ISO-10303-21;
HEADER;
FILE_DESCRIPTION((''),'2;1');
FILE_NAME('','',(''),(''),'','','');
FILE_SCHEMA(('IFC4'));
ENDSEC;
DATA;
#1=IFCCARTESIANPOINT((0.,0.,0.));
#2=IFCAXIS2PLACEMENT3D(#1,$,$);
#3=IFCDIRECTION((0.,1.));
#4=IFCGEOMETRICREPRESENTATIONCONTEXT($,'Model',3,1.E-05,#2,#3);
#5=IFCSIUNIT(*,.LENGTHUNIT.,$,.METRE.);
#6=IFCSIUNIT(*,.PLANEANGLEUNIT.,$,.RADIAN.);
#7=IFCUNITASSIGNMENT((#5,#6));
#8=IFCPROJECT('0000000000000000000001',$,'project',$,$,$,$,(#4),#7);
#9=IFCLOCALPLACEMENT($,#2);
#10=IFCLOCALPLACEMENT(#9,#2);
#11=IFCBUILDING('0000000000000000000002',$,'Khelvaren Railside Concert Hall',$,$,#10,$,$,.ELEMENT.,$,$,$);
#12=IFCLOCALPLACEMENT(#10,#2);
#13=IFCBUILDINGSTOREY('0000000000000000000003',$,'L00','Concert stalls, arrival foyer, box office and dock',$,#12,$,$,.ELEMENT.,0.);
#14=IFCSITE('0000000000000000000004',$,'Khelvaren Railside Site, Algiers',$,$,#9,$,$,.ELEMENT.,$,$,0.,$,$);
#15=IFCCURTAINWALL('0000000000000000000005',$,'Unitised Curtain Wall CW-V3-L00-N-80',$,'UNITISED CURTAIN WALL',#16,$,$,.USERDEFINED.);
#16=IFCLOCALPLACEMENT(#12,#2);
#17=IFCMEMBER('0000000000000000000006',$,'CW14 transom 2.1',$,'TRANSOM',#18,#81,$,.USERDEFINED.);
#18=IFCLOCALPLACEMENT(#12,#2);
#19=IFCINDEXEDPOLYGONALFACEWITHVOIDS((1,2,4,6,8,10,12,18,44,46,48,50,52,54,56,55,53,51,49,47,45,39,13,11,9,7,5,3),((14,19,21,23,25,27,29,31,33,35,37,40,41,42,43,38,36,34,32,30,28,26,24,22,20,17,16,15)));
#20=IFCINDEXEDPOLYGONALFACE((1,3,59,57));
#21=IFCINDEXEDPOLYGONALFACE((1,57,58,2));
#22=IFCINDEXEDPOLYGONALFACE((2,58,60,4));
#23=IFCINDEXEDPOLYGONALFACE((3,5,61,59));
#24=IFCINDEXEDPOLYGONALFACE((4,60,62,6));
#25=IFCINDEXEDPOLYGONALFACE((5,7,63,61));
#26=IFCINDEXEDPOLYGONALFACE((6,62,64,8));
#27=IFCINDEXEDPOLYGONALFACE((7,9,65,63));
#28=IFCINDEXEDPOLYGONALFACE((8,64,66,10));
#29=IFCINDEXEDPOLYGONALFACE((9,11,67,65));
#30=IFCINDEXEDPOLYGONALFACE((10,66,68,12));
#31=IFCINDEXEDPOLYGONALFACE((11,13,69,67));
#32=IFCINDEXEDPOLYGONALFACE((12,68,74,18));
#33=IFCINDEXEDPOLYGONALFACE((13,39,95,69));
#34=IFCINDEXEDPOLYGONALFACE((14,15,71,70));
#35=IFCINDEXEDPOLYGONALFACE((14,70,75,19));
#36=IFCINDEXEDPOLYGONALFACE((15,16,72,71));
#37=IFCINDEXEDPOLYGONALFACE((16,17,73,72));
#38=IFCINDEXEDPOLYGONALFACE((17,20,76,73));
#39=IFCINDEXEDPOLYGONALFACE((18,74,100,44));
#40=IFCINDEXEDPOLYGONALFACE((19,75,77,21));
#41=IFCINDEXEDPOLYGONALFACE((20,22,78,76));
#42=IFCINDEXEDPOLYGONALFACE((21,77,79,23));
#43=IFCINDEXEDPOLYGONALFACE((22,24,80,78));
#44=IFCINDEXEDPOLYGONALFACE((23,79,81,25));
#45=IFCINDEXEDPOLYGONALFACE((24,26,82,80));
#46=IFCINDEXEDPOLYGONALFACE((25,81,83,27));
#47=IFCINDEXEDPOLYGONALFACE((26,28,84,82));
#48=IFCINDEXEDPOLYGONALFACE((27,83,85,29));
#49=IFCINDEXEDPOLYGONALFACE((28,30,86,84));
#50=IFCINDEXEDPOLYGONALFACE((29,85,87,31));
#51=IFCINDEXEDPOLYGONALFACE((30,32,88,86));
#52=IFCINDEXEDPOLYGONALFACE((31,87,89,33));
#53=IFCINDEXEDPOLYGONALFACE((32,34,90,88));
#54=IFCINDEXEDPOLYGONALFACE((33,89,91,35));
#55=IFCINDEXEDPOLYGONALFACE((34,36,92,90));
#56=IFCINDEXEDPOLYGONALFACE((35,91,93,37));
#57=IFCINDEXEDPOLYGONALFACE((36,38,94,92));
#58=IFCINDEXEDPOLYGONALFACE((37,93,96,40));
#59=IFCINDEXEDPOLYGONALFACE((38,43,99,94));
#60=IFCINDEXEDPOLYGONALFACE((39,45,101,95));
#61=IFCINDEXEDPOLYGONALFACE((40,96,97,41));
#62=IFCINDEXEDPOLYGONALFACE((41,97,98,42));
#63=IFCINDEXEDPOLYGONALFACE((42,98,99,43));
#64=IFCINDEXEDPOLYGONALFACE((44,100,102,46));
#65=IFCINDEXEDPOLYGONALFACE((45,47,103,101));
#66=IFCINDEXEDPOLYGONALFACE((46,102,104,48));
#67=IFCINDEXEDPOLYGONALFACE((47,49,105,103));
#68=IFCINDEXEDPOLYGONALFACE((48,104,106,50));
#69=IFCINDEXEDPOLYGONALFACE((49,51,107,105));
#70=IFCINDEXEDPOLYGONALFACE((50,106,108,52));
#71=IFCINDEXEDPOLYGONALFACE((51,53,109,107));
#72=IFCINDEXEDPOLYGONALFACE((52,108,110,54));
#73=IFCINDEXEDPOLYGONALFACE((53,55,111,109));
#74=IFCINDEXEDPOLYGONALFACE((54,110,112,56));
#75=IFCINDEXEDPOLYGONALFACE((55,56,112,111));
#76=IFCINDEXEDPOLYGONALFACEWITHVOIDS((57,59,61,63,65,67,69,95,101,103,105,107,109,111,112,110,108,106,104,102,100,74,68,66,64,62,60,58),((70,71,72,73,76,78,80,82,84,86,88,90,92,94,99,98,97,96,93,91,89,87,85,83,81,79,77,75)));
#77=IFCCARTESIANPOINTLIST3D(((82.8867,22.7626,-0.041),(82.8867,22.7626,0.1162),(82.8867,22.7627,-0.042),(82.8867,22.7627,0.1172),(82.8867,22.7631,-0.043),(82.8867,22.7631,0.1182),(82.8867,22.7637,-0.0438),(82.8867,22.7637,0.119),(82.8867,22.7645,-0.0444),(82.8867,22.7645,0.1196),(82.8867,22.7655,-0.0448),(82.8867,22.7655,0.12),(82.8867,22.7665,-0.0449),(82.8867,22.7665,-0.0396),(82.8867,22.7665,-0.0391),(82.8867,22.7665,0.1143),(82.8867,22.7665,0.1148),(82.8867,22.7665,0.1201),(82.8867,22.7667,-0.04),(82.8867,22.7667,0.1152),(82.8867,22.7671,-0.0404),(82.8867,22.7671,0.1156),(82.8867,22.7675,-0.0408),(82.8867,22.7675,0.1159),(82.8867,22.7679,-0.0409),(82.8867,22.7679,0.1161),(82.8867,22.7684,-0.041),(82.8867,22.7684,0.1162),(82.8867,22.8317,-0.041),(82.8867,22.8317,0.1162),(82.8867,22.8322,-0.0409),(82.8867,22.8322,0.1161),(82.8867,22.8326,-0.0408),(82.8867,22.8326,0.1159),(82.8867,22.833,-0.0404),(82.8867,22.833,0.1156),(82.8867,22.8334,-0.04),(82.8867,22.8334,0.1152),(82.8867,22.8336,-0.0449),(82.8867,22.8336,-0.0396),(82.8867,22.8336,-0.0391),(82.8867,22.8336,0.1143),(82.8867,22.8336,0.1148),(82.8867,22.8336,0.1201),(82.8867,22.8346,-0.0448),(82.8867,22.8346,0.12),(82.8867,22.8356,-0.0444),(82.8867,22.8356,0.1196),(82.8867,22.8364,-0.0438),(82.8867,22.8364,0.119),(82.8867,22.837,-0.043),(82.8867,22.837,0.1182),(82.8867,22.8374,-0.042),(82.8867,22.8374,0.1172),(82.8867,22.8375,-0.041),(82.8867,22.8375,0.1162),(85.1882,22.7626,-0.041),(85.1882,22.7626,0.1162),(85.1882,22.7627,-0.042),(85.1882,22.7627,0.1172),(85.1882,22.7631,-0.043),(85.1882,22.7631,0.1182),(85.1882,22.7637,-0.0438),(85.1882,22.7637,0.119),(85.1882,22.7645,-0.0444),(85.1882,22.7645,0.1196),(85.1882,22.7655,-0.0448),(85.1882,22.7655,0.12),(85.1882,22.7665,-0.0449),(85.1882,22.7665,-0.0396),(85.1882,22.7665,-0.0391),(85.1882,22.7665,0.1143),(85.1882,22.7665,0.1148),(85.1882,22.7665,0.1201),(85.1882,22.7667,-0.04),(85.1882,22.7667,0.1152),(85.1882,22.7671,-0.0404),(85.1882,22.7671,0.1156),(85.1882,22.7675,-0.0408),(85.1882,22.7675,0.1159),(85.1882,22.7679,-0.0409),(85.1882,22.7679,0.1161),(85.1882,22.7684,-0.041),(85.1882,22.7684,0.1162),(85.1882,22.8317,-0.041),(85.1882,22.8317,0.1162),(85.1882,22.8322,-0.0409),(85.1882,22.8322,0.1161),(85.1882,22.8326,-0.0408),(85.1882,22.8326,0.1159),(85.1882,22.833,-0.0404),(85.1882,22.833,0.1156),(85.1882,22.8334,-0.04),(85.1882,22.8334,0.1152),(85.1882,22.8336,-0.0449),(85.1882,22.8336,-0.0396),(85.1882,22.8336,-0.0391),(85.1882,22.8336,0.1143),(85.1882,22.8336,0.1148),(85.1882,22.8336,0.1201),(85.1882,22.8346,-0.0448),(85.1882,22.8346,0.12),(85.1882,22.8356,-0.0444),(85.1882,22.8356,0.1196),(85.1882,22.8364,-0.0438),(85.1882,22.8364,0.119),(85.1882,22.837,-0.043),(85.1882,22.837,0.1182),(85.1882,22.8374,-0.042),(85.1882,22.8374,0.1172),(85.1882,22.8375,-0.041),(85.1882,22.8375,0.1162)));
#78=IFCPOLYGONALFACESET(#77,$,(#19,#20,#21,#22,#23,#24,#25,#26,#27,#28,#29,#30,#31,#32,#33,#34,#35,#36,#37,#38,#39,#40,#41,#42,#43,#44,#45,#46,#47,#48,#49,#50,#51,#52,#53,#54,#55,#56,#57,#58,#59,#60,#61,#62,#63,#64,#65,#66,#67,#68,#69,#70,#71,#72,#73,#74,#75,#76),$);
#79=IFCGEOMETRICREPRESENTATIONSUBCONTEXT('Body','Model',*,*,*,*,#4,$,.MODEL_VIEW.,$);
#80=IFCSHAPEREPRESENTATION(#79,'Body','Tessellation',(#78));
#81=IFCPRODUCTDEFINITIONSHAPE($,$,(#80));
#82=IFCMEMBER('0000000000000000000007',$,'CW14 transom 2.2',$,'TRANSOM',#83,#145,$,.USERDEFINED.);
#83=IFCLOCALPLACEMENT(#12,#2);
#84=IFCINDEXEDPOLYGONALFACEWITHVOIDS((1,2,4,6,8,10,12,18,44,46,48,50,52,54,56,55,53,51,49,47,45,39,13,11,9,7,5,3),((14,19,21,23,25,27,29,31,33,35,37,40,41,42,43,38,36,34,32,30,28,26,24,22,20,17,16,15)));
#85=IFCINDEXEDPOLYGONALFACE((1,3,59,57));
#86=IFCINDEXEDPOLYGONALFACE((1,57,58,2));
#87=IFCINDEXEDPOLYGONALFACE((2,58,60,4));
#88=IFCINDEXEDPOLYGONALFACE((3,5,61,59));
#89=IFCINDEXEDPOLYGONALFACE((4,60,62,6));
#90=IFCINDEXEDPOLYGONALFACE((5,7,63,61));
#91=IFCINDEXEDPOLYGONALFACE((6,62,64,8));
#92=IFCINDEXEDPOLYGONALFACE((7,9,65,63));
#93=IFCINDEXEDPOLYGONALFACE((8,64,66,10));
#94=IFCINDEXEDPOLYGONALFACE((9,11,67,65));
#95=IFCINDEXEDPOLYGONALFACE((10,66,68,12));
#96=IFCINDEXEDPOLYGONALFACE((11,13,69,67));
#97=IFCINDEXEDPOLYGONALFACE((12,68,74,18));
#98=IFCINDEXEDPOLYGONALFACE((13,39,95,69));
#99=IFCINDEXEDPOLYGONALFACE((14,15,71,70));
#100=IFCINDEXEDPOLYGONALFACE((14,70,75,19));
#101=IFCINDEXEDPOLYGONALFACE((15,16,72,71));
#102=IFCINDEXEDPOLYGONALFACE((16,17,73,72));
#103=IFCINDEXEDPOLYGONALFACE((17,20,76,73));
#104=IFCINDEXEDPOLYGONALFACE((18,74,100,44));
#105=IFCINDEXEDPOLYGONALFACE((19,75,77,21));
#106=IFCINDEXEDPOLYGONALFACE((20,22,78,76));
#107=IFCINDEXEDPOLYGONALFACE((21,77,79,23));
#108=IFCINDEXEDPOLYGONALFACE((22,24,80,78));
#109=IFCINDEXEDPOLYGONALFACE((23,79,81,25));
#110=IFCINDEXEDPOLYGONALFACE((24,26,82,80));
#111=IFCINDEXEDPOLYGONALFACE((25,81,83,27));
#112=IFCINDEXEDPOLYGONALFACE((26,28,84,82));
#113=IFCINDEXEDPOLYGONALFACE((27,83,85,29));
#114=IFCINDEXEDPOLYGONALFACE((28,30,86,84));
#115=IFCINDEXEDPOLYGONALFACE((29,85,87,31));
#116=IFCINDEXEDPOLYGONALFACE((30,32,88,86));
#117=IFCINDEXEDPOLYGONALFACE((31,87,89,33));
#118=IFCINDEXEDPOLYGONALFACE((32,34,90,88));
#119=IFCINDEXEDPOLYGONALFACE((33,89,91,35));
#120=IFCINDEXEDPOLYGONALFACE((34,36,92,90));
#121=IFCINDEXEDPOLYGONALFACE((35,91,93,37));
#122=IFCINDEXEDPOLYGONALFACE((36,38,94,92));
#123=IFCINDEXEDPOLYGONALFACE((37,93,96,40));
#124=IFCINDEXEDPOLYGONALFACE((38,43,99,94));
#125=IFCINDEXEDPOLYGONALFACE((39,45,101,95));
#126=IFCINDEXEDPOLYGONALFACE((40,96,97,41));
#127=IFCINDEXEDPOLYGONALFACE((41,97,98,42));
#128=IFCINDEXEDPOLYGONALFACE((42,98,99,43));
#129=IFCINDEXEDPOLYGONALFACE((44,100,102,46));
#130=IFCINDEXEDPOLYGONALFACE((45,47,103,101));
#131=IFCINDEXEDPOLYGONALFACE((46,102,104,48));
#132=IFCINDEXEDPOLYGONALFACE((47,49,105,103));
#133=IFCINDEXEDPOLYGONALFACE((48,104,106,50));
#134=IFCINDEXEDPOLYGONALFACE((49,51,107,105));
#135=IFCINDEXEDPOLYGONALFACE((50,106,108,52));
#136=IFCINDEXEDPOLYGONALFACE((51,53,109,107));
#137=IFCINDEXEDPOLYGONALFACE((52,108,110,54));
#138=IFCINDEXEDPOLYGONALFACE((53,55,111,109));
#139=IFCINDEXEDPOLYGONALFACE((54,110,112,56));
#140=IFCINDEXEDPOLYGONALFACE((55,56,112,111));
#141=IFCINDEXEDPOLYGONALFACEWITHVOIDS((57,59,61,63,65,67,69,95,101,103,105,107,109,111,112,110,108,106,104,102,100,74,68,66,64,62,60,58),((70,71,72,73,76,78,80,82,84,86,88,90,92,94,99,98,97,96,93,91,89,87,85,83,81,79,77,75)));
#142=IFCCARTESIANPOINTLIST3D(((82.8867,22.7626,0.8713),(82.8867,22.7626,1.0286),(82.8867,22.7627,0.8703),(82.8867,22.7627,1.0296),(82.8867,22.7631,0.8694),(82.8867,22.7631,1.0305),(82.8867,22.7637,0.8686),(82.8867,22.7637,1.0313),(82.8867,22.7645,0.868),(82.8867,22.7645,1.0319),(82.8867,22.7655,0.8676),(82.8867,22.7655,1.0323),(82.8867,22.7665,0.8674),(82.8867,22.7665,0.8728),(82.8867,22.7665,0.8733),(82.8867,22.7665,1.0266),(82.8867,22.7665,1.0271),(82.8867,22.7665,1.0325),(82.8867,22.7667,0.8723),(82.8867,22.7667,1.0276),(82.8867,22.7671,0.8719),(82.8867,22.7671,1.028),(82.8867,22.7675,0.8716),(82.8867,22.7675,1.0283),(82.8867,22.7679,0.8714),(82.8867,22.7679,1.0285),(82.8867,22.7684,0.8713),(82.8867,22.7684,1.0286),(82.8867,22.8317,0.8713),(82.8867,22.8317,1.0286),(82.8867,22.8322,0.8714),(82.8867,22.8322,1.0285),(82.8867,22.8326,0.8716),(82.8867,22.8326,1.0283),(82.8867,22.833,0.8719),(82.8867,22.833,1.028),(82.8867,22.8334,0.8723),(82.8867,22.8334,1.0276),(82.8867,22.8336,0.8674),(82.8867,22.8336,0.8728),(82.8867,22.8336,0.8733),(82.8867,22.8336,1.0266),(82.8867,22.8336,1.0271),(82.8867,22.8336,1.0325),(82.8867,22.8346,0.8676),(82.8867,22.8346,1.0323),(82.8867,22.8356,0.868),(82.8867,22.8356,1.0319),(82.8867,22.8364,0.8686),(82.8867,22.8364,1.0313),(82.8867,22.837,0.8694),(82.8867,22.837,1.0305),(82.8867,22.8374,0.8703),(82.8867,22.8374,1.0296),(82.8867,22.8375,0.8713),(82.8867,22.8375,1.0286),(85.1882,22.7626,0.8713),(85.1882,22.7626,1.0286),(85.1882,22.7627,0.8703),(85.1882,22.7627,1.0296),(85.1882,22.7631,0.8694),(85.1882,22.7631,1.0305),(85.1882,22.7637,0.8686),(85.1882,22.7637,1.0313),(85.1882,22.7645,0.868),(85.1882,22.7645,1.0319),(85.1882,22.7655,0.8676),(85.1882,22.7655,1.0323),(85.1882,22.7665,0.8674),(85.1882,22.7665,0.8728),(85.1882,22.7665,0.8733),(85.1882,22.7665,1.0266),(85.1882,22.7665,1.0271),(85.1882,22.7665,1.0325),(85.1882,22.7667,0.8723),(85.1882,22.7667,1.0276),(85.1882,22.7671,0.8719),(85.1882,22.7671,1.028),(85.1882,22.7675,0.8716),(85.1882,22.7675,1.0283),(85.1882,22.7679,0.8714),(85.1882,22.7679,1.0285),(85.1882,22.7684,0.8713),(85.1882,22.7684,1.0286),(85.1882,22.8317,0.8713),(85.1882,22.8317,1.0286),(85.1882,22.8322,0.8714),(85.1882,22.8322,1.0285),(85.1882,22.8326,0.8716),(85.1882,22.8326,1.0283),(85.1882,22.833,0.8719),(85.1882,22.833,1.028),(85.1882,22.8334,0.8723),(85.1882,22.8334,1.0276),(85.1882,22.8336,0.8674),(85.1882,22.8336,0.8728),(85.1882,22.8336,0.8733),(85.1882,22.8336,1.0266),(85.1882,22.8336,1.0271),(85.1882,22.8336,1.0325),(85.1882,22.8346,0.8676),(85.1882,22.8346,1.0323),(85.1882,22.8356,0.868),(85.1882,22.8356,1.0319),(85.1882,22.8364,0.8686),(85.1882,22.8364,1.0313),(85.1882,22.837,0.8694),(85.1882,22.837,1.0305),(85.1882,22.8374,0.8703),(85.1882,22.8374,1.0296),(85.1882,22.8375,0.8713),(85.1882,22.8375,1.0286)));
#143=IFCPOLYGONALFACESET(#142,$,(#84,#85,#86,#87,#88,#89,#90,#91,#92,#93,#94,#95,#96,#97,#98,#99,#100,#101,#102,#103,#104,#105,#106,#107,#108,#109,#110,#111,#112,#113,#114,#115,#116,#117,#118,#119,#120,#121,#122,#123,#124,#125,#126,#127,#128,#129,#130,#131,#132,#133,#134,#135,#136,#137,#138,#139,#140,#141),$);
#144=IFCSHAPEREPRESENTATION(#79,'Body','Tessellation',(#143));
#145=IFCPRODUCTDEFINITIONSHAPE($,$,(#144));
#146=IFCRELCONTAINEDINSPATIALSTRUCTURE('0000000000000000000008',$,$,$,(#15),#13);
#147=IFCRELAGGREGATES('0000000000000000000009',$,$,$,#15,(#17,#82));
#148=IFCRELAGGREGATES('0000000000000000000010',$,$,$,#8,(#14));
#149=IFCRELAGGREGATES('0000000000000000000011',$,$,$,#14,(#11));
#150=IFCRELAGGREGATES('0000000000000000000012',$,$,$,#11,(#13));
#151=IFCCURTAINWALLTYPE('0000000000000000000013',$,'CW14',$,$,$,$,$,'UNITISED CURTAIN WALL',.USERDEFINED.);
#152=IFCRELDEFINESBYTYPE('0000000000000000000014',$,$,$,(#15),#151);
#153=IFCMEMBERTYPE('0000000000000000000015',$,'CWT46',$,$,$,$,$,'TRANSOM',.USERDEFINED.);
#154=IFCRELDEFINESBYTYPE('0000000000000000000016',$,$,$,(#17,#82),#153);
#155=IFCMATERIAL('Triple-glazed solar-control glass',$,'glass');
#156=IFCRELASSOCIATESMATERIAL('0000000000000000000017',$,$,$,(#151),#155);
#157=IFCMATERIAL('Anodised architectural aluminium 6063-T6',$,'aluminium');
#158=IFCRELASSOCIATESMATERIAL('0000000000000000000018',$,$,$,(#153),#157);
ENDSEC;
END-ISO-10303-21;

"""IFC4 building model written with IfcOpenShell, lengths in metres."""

from ifc_helpers import new_model, si_unit, direction, frame, origin, origin_2d, place, context, subcontext, project, spatial, hollow_rectangle, extrude, material, material_profile, profile_set, type_object, element, aggregate, save


model = new_model("IFC4")

# Units and contexts
model_context = context("Model", 3, precision=1e-05, world=origin(), true_north=direction((0.0, 1.0)))
body_context = subcontext(model_context, "Body", "Model", "MODEL_VIEW")
ifc_project = project(units=[si_unit("LENGTHUNIT", "METRE"), si_unit("PLANEANGLEUNIT", "RADIAN")], contexts=[model_context])

# Site, building, storey
site_placement = place(None, origin())
site = spatial("IfcSite", under=ifc_project, at=site_placement, Name="Khelvaren Railside Site, Algiers", CompositionType="ELEMENT", RefElevation=0.0)
building_placement = place(site_placement, origin())
building = spatial("IfcBuilding", under=site, at=building_placement, Name="Khelvaren Railside Concert Hall", CompositionType="ELEMENT")
storey_placement = place(building_placement, origin())
storey = spatial("IfcBuildingStorey", under=building, at=storey_placement, Name="L00", Description="Concert stalls, arrival foyer, box office and dock", CompositionType="ELEMENT", Elevation=0.0)

# Curtain wall, members
ifc_material_1 = material(Name="Triple-glazed solar-control glass", Category="glass")
curtain_wall_type = type_object("IfcCurtainWallType", Name="CW14", ElementType="UNITISED CURTAIN WALL", PredefinedType="USERDEFINED", material=ifc_material_1)
curtain_wall_placement = place(storey_placement, origin())
curtain_wall = element("IfcCurtainWall", 1, at=curtain_wall_placement, inside=storey, type_object=curtain_wall_type, Name="Unitised Curtain Wall CW-V3-L00-N-80", ObjectType="UNITISED CURTAIN WALL", PredefinedType="USERDEFINED")
ifc_material_2 = material(Name="Anodised architectural aluminium 6063-T6", Category="aluminium")
ifc_material_profile_1 = material_profile(ifc_material_2, hollow_rectangle(XDim=0.075, YDim=0.165, WallThickness=0.0039, InnerFilletRadius=0.002, OuterFilletRadius=0.0039, at=origin_2d()), Name="CWT 75x165x4")
ifc_profile_set_1 = profile_set([ifc_material_profile_1], Name="Anodised architectural aluminium 6063-T6")
member_type_1 = type_object("IfcMemberType", Name="CWT46", ElementType="TRANSOM", PredefinedType="USERDEFINED", material=ifc_profile_set_1)
member_1_placement = place(storey_placement, frame((82.8867, 22.8, 0.0376), z_axis=(1.0, 0.0, 0.0), x_axis=(0.0, 1.0, 0.0)))
member_1 = element("IfcMember", 2, at=member_1_placement, type_object=member_type_1, Name="CW14 transom 2.1", ObjectType="TRANSOM", PredefinedType="USERDEFINED", context=body_context, shape_type="SweptSolid", body=[
    extrude(hollow_rectangle(XDim=0.075, YDim=0.165, WallThickness=0.0039, InnerFilletRadius=0.002, OuterFilletRadius=0.0039, at=origin_2d()), origin(), (0.0, 0.0, 1.0), 2.3015),
])
member_2_placement = place(storey_placement, frame((82.8867, 22.8, 0.95), z_axis=(1.0, 0.0, 0.0), x_axis=(0.0, 1.0, 0.0)))
member_2 = element("IfcMember", 3, at=member_2_placement, type_object=member_type_1, Name="CW14 transom 2.2", ObjectType="TRANSOM", PredefinedType="USERDEFINED", context=body_context, shape_type="SweptSolid", body=[
    extrude(hollow_rectangle(XDim=0.075, YDim=0.165, WallThickness=0.0039, InnerFilletRadius=0.002, OuterFilletRadius=0.0039, at=origin_2d()), origin(), (0.0, 0.0, 1.0), 2.3015),
])

aggregate(curtain_wall, [member_1, member_2])

save(model, "model.ifc")
